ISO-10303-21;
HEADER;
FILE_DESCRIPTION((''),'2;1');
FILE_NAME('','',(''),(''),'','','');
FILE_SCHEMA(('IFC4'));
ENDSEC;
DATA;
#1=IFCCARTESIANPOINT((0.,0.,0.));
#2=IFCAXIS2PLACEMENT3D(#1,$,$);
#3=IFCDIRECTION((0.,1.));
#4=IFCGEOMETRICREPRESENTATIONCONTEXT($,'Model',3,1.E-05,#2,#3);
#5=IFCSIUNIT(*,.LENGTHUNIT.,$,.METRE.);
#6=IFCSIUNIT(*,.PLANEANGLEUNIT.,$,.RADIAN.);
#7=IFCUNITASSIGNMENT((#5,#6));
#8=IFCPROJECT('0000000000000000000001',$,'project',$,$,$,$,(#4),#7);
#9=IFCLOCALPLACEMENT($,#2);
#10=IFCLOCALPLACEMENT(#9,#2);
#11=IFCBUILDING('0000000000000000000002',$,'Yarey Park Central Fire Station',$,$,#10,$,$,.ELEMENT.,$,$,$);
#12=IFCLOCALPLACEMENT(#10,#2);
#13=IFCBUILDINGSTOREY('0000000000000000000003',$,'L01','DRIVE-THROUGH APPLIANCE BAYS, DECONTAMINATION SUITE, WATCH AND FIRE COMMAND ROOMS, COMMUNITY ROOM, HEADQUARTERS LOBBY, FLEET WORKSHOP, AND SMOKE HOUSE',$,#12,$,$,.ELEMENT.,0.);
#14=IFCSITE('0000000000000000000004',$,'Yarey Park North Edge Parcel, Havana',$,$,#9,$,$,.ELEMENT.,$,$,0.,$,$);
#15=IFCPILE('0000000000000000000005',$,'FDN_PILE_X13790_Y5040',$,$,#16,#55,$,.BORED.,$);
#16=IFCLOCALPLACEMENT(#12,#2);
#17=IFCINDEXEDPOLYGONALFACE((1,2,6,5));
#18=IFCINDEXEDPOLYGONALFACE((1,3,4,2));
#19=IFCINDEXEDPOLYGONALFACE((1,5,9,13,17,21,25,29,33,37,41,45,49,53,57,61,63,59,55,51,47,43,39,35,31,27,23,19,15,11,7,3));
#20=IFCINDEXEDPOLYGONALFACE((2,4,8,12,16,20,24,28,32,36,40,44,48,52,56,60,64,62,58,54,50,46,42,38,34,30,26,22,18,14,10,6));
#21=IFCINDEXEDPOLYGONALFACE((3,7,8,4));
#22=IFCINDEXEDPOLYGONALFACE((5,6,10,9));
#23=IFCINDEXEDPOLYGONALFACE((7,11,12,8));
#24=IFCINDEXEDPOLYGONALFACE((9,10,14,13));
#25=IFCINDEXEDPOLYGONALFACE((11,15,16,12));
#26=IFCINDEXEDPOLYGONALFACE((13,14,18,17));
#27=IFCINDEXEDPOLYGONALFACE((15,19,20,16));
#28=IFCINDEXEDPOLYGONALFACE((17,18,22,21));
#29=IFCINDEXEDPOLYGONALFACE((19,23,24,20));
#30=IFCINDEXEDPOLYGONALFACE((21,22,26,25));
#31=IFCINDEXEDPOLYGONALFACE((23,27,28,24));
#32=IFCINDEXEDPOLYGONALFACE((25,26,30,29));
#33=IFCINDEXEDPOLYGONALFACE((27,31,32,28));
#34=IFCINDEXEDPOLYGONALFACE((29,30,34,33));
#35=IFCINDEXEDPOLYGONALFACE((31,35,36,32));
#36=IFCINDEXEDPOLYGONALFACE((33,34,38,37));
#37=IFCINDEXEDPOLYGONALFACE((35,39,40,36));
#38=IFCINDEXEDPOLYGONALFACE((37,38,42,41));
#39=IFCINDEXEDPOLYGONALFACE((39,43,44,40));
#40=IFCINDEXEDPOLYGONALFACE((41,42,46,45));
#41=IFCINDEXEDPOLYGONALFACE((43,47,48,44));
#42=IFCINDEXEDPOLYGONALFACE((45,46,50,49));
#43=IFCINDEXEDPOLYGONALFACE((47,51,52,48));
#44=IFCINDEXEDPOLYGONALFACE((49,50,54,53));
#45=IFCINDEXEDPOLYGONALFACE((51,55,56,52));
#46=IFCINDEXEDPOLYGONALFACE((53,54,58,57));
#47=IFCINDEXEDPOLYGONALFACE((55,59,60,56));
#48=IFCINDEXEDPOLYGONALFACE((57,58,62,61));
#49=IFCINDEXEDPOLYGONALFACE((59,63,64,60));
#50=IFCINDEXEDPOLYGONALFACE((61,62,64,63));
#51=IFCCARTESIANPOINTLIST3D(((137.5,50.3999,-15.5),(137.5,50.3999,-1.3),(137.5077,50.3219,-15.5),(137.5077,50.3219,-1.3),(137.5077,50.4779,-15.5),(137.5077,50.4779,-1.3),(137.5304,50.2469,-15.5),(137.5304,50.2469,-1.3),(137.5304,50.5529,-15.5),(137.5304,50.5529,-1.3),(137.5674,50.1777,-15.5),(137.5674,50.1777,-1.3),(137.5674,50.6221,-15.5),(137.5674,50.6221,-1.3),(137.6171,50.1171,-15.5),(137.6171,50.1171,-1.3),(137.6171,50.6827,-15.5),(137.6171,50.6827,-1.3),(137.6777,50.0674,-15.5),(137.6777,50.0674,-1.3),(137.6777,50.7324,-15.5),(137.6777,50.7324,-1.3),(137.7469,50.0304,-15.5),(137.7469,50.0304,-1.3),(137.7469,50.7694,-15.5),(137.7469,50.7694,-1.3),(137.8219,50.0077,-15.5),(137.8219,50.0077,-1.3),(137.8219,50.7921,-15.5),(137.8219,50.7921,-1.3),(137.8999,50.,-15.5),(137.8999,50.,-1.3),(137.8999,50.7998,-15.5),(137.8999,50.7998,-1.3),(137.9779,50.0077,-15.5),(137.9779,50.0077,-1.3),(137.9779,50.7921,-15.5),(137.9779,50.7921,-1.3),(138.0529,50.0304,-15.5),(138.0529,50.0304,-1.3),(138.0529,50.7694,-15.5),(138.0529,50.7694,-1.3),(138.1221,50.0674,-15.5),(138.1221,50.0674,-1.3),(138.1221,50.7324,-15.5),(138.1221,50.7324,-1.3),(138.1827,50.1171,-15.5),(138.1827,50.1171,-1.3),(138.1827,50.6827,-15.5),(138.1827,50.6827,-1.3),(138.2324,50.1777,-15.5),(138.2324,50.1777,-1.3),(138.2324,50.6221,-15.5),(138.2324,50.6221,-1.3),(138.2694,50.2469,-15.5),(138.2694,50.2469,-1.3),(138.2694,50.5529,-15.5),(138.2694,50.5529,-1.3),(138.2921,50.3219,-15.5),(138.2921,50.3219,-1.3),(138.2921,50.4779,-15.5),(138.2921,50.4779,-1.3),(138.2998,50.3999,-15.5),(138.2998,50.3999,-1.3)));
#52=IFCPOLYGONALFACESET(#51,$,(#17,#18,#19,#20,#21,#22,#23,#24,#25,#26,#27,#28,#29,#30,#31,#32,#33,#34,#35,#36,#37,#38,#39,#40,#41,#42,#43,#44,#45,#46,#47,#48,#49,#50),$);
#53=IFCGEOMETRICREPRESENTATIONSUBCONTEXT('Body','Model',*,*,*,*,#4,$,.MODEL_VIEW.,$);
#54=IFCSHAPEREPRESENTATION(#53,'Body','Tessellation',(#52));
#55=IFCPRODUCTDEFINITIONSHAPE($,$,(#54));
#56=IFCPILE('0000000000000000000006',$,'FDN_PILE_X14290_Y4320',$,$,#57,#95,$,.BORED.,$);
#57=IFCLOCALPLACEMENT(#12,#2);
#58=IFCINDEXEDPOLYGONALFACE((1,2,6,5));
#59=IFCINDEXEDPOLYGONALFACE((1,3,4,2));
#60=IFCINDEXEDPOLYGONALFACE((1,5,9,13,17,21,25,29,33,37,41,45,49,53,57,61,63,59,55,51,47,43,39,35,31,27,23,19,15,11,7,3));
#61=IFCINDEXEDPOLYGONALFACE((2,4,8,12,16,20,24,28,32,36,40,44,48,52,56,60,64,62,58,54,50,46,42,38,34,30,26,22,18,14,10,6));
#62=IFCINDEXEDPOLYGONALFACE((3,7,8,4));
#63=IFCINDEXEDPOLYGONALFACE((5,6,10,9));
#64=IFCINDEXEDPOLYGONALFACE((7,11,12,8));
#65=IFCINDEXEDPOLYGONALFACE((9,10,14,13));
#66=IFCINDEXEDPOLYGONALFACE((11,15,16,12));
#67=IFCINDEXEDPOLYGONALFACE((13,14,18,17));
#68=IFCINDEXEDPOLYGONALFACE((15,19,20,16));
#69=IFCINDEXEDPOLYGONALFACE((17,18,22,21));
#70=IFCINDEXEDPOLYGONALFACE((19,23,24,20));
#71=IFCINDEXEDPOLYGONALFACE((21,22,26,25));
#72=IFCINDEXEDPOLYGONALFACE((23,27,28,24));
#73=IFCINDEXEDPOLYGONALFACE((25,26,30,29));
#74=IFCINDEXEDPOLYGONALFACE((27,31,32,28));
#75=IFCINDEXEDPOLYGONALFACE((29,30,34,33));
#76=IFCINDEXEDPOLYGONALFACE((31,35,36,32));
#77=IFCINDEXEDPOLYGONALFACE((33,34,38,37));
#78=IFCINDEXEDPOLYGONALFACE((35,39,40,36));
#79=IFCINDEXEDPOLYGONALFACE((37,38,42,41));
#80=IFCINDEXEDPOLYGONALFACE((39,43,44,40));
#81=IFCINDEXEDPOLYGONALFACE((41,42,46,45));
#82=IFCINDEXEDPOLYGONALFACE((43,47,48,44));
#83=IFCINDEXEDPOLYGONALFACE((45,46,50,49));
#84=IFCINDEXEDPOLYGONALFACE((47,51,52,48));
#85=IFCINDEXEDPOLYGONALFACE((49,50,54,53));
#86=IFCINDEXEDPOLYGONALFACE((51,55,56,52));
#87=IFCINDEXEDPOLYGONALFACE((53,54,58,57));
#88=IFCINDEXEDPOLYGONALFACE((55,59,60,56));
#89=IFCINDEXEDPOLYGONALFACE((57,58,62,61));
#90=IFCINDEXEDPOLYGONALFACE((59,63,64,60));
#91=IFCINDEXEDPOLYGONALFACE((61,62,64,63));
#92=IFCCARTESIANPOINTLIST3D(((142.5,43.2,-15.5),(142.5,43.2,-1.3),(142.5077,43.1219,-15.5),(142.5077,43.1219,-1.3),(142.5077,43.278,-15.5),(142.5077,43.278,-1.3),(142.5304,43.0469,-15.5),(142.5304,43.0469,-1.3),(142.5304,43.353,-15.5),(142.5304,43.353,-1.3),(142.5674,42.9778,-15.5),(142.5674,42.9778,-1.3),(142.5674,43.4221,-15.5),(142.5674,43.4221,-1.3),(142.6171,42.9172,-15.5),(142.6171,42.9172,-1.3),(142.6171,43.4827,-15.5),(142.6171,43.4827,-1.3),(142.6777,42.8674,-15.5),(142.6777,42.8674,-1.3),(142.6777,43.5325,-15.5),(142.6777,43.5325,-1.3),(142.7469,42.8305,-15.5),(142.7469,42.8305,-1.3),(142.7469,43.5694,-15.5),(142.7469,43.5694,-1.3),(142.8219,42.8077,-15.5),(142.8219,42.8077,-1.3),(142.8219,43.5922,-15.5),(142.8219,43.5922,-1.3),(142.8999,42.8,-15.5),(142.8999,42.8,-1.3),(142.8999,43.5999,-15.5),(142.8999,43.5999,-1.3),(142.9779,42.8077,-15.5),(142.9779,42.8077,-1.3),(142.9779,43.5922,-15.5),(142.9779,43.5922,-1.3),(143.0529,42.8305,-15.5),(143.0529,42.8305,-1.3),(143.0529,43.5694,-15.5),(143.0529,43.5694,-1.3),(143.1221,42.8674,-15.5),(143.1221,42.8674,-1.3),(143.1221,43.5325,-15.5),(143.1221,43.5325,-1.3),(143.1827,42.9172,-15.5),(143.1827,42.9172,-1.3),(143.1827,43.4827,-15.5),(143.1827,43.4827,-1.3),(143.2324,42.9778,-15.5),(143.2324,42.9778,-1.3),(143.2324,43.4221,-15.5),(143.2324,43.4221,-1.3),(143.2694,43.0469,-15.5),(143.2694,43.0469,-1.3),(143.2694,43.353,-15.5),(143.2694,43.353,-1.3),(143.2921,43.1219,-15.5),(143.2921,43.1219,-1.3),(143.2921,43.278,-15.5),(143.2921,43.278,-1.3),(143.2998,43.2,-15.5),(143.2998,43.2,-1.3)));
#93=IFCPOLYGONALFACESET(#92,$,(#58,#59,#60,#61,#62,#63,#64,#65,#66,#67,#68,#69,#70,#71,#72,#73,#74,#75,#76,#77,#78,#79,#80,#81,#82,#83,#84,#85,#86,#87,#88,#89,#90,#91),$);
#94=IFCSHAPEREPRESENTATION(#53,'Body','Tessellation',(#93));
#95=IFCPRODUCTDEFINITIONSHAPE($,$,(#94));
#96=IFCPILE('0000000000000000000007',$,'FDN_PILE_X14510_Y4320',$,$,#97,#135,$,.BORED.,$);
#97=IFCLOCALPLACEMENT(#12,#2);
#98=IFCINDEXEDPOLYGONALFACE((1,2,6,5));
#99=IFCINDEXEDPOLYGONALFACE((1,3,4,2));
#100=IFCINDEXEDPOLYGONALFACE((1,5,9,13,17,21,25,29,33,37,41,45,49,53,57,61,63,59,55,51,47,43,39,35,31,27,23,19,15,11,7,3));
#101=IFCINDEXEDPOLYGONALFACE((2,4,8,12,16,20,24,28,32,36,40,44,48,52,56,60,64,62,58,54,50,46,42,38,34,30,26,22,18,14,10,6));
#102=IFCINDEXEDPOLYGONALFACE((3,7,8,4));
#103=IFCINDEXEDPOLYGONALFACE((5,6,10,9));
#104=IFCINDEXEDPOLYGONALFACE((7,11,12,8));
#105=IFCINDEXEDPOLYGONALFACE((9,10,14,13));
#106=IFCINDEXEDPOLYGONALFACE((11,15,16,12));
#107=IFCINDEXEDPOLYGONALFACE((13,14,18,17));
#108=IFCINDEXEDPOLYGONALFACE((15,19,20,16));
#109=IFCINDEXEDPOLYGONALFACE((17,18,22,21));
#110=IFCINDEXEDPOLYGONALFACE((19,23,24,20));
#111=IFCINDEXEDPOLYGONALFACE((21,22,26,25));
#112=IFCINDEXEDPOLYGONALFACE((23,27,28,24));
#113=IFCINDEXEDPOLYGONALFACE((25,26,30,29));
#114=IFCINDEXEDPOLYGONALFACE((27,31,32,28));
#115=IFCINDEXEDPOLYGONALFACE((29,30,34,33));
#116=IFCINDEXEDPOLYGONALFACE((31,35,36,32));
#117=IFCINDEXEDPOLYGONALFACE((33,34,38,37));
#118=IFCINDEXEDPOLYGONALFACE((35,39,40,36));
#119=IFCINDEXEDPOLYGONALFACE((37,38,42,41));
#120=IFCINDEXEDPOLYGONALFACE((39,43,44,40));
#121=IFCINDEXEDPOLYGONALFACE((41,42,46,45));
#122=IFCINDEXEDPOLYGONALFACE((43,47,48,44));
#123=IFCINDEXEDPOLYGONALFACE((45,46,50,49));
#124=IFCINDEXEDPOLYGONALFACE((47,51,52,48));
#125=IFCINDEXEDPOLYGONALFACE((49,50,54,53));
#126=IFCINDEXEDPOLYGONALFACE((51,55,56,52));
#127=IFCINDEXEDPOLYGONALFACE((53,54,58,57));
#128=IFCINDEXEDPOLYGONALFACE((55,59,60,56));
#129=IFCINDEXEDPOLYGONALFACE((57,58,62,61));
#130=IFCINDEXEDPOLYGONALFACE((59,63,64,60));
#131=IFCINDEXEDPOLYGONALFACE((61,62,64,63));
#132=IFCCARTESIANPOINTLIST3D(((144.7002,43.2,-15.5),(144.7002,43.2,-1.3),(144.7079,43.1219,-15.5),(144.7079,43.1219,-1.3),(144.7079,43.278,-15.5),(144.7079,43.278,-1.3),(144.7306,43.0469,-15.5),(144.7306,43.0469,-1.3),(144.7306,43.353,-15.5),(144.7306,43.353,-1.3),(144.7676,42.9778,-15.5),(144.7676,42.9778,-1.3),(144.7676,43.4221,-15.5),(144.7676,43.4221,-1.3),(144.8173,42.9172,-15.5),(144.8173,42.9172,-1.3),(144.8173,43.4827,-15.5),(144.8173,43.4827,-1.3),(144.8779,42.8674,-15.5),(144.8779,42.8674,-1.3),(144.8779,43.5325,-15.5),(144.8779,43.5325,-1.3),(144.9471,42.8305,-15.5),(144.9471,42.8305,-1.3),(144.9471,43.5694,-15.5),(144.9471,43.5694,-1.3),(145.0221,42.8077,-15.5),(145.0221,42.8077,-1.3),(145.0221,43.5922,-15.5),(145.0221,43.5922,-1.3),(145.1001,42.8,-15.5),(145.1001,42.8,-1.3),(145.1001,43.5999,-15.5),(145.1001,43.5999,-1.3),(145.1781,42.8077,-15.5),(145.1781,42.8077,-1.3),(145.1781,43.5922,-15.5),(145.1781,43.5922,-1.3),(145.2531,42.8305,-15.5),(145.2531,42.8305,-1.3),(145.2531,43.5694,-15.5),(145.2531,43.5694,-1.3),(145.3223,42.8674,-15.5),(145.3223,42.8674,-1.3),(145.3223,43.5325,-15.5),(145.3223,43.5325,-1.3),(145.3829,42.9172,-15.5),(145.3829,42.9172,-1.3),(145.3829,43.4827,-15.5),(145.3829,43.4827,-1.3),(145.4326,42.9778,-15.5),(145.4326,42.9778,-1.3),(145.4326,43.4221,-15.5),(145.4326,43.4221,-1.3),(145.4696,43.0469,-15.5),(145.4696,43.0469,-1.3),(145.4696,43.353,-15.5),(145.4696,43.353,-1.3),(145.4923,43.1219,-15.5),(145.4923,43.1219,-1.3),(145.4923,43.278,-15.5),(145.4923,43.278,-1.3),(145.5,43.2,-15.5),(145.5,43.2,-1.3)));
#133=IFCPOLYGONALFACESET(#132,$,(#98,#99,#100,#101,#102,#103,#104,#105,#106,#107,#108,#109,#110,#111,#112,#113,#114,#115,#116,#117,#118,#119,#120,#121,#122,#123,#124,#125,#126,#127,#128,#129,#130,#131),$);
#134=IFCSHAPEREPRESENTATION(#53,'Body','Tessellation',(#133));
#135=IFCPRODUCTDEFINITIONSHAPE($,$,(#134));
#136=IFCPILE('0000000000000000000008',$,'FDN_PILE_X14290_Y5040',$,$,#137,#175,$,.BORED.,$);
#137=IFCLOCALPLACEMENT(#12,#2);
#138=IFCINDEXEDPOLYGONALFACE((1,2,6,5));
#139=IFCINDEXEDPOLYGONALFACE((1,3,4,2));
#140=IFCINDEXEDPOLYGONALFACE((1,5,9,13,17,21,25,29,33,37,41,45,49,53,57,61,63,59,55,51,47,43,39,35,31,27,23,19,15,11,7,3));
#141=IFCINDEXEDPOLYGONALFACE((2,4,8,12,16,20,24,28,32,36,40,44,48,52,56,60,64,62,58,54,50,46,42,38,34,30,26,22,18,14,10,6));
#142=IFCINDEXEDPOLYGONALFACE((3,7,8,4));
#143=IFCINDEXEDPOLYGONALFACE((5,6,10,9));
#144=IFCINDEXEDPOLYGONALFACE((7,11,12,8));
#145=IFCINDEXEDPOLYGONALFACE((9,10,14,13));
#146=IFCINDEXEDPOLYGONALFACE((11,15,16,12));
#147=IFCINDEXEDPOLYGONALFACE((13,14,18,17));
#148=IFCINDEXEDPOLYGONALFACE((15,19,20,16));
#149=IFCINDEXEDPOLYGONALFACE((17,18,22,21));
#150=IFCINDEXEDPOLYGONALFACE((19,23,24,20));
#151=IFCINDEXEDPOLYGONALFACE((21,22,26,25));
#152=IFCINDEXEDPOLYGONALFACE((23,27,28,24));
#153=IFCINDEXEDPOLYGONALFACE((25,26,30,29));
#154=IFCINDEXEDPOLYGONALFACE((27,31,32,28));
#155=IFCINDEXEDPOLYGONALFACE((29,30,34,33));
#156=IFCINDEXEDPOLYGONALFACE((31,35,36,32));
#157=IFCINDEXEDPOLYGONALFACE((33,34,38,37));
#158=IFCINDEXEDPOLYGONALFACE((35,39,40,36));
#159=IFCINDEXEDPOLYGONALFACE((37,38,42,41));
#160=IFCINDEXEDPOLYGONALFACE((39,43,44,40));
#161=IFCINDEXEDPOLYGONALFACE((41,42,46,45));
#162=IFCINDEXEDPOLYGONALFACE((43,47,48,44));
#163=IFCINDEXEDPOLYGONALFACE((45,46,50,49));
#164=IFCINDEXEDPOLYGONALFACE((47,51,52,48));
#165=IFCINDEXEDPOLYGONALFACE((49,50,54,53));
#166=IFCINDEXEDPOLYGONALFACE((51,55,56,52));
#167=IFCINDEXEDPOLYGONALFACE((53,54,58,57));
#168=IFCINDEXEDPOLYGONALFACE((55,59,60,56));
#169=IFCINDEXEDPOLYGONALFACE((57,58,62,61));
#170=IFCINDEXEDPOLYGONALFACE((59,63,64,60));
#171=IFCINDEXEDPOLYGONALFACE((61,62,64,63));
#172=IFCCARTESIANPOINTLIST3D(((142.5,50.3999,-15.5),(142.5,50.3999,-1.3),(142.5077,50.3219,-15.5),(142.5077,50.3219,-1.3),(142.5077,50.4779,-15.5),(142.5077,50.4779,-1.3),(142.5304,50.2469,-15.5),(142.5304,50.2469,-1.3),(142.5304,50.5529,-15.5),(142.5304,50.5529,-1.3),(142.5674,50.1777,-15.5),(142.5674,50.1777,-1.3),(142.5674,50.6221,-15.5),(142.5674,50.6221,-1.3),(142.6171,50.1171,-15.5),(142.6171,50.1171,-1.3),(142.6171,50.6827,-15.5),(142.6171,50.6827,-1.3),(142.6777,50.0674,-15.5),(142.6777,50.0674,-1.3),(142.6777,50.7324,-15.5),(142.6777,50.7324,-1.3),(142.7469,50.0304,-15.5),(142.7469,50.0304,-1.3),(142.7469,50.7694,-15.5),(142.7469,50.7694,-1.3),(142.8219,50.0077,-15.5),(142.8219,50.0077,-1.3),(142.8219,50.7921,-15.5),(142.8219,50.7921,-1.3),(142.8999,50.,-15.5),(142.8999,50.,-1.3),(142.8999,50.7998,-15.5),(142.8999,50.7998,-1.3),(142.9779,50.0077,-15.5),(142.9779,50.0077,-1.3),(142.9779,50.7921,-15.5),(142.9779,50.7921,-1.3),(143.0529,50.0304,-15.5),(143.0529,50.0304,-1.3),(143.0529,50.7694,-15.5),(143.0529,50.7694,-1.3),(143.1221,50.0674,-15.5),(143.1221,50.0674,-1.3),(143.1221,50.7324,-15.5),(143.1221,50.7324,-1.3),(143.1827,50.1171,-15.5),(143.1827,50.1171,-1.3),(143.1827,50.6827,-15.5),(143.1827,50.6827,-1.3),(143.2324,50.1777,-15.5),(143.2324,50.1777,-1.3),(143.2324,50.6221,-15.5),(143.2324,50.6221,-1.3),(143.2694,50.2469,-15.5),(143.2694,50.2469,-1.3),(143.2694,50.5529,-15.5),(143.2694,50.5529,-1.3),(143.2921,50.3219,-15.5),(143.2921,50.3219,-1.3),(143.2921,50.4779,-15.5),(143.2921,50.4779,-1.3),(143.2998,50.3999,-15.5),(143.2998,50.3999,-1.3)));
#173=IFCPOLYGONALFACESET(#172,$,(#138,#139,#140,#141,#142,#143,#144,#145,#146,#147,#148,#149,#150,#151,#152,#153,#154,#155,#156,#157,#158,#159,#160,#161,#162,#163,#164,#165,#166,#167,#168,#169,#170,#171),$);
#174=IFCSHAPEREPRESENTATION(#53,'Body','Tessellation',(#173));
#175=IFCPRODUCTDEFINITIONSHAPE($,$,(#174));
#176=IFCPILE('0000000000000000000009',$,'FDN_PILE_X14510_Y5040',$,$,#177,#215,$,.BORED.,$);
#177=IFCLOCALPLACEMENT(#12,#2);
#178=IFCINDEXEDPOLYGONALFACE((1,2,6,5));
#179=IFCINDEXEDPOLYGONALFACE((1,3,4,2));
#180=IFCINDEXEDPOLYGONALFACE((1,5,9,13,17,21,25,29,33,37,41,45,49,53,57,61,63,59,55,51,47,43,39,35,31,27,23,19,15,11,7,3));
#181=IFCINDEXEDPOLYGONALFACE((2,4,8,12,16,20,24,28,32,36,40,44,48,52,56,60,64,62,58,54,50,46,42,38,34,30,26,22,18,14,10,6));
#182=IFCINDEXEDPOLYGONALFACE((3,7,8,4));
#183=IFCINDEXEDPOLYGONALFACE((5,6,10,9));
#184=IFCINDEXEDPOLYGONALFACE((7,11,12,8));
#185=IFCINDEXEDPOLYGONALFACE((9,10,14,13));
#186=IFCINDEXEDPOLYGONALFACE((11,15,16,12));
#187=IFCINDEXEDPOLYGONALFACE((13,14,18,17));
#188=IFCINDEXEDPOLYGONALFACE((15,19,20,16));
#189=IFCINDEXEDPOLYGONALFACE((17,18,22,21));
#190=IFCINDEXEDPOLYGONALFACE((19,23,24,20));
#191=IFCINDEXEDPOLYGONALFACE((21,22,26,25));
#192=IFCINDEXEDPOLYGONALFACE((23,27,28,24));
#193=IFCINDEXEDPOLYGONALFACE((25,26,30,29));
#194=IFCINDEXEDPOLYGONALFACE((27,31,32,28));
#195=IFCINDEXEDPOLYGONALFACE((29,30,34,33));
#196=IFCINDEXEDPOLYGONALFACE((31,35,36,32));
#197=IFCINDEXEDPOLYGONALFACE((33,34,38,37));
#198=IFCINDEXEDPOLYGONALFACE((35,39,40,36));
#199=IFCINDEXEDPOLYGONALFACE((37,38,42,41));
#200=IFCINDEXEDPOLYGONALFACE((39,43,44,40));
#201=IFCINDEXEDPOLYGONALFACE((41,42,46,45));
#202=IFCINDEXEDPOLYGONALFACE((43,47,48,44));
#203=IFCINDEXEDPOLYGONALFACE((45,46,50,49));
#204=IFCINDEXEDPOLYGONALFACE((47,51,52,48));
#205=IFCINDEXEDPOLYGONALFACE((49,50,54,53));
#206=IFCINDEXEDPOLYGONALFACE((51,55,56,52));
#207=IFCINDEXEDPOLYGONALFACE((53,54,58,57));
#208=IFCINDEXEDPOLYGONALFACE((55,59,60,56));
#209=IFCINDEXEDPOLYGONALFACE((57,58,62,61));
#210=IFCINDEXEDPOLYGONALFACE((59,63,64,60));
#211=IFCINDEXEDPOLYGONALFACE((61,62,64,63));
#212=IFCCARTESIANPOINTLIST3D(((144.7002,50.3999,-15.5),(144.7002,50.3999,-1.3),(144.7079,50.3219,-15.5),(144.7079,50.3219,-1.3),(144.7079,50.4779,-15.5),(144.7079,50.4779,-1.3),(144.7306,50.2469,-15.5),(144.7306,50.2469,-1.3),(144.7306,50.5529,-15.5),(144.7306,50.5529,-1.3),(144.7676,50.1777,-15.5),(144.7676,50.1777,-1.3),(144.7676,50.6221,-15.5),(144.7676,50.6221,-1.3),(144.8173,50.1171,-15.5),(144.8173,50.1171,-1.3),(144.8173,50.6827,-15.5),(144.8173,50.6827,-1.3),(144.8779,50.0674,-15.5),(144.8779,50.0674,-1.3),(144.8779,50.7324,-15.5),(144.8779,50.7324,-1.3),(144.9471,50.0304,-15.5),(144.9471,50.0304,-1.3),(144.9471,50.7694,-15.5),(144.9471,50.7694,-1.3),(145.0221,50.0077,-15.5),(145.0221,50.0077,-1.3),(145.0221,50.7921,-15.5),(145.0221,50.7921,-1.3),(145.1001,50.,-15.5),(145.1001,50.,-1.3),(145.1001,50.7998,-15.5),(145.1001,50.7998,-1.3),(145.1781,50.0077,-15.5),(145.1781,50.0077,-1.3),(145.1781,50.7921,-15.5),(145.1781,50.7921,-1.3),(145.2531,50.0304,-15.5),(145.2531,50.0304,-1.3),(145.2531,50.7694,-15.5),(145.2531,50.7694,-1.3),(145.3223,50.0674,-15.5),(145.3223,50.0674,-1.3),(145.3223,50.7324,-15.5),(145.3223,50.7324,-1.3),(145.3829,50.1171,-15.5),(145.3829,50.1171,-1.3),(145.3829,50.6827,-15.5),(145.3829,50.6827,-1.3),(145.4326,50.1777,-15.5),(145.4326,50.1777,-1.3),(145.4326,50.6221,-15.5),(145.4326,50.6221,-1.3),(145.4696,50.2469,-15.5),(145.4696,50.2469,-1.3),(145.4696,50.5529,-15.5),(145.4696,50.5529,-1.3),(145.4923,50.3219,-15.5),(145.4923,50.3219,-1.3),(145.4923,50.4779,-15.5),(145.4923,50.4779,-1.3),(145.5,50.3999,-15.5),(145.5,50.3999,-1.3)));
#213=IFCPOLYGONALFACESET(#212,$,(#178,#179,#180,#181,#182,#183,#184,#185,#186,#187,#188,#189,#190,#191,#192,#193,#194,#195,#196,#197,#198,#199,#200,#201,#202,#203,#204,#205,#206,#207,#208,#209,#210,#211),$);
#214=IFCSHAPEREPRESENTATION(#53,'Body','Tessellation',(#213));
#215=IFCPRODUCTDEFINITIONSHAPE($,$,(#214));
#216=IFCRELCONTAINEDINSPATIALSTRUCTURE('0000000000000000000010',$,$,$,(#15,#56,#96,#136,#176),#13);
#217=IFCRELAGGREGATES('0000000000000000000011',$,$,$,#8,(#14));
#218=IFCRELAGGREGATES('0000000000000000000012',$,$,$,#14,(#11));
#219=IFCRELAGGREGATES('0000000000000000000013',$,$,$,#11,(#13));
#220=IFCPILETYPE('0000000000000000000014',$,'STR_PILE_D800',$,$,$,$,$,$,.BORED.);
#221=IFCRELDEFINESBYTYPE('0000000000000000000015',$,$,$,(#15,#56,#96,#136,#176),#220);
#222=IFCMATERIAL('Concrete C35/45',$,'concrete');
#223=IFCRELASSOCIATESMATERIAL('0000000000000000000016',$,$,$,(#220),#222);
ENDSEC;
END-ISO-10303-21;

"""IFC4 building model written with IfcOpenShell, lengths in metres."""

from ifc_helpers import new_model, si_unit, direction, frame, origin, origin_2d, place, context, subcontext, project, spatial, circle, extrude, material, material_profile, profile_set, type_object, element, save


model = new_model("IFC4")

# Units and contexts
model_context = context("Model", 3, precision=1e-05, world=origin(), true_north=direction((0.0, 1.0)))
body_context = subcontext(model_context, "Body", "Model", "MODEL_VIEW")
ifc_project = project(units=[si_unit("LENGTHUNIT", "METRE"), si_unit("PLANEANGLEUNIT", "RADIAN")], contexts=[model_context])

# Site, building, storey
site_placement = place(None, origin())
site = spatial("IfcSite", under=ifc_project, at=site_placement, Name="Yarey Park North Edge Parcel, Havana", CompositionType="ELEMENT", RefElevation=0.0)
building_placement = place(site_placement, origin())
building = spatial("IfcBuilding", under=site, at=building_placement, Name="Yarey Park Central Fire Station", CompositionType="ELEMENT")
storey_placement = place(building_placement, origin())
storey = spatial("IfcBuildingStorey", under=building, at=storey_placement, Name="L01", Description="DRIVE-THROUGH APPLIANCE BAYS, DECONTAMINATION SUITE, WATCH AND FIRE COMMAND ROOMS, COMMUNITY ROOM, HEADQUARTERS LOBBY, FLEET WORKSHOP, AND SMOKE HOUSE", CompositionType="ELEMENT", Elevation=0.0)

# Shared definitions
ifc_material_1 = material(Name="Concrete C35/45", Category="concrete")

# Piles
ifc_material_profile_1 = material_profile(ifc_material_1, circle(Radius=0.3999, at=origin_2d()), Name="BORED PILE D800")
ifc_profile_set_1 = profile_set([ifc_material_profile_1], Name="Concrete C35/45")
pile_type = type_object("IfcPileType", Name="STR_PILE_D800", PredefinedType="BORED", material=ifc_profile_set_1)
for number, where, z_axis, x_axis, name in (
    (1, (137.8999, 50.3999, -1.3), (0.0, 0.0, -1.0), (1.0, 0.0, 0.0), "FDN_PILE_X13790_Y5040"),
    (2, (142.8999, 43.2, -1.3), (0.0, 0.0, -1.0), (1.0, 0.0, 0.0), "FDN_PILE_X14290_Y4320"),
    (3, (145.1001, 43.2, -1.3), (0.0, 0.0, -1.0), (1.0, 0.0, 0.0), "FDN_PILE_X14510_Y4320"),
    (4, (142.8999, 50.3999, -1.3), (0.0, 0.0, -1.0), (1.0, 0.0, 0.0), "FDN_PILE_X14290_Y5040"),
    (5, (145.1001, 50.3999, -1.3), (0.0, 0.0, -1.0), (1.0, 0.0, 0.0), "FDN_PILE_X14510_Y5040"),
):
    element("IfcPile", number, at=place(storey_placement, frame(where, z_axis=z_axis, x_axis=x_axis)), inside=storey, type_object=pile_type, Name=name, PredefinedType="BORED", context=body_context, shape_type="SweptSolid", body=[
        extrude(circle(Radius=0.3999, at=origin_2d()), origin(), (0.0, 0.0, 1.0), 14.2),
    ])

save(model, "model.ifc")
